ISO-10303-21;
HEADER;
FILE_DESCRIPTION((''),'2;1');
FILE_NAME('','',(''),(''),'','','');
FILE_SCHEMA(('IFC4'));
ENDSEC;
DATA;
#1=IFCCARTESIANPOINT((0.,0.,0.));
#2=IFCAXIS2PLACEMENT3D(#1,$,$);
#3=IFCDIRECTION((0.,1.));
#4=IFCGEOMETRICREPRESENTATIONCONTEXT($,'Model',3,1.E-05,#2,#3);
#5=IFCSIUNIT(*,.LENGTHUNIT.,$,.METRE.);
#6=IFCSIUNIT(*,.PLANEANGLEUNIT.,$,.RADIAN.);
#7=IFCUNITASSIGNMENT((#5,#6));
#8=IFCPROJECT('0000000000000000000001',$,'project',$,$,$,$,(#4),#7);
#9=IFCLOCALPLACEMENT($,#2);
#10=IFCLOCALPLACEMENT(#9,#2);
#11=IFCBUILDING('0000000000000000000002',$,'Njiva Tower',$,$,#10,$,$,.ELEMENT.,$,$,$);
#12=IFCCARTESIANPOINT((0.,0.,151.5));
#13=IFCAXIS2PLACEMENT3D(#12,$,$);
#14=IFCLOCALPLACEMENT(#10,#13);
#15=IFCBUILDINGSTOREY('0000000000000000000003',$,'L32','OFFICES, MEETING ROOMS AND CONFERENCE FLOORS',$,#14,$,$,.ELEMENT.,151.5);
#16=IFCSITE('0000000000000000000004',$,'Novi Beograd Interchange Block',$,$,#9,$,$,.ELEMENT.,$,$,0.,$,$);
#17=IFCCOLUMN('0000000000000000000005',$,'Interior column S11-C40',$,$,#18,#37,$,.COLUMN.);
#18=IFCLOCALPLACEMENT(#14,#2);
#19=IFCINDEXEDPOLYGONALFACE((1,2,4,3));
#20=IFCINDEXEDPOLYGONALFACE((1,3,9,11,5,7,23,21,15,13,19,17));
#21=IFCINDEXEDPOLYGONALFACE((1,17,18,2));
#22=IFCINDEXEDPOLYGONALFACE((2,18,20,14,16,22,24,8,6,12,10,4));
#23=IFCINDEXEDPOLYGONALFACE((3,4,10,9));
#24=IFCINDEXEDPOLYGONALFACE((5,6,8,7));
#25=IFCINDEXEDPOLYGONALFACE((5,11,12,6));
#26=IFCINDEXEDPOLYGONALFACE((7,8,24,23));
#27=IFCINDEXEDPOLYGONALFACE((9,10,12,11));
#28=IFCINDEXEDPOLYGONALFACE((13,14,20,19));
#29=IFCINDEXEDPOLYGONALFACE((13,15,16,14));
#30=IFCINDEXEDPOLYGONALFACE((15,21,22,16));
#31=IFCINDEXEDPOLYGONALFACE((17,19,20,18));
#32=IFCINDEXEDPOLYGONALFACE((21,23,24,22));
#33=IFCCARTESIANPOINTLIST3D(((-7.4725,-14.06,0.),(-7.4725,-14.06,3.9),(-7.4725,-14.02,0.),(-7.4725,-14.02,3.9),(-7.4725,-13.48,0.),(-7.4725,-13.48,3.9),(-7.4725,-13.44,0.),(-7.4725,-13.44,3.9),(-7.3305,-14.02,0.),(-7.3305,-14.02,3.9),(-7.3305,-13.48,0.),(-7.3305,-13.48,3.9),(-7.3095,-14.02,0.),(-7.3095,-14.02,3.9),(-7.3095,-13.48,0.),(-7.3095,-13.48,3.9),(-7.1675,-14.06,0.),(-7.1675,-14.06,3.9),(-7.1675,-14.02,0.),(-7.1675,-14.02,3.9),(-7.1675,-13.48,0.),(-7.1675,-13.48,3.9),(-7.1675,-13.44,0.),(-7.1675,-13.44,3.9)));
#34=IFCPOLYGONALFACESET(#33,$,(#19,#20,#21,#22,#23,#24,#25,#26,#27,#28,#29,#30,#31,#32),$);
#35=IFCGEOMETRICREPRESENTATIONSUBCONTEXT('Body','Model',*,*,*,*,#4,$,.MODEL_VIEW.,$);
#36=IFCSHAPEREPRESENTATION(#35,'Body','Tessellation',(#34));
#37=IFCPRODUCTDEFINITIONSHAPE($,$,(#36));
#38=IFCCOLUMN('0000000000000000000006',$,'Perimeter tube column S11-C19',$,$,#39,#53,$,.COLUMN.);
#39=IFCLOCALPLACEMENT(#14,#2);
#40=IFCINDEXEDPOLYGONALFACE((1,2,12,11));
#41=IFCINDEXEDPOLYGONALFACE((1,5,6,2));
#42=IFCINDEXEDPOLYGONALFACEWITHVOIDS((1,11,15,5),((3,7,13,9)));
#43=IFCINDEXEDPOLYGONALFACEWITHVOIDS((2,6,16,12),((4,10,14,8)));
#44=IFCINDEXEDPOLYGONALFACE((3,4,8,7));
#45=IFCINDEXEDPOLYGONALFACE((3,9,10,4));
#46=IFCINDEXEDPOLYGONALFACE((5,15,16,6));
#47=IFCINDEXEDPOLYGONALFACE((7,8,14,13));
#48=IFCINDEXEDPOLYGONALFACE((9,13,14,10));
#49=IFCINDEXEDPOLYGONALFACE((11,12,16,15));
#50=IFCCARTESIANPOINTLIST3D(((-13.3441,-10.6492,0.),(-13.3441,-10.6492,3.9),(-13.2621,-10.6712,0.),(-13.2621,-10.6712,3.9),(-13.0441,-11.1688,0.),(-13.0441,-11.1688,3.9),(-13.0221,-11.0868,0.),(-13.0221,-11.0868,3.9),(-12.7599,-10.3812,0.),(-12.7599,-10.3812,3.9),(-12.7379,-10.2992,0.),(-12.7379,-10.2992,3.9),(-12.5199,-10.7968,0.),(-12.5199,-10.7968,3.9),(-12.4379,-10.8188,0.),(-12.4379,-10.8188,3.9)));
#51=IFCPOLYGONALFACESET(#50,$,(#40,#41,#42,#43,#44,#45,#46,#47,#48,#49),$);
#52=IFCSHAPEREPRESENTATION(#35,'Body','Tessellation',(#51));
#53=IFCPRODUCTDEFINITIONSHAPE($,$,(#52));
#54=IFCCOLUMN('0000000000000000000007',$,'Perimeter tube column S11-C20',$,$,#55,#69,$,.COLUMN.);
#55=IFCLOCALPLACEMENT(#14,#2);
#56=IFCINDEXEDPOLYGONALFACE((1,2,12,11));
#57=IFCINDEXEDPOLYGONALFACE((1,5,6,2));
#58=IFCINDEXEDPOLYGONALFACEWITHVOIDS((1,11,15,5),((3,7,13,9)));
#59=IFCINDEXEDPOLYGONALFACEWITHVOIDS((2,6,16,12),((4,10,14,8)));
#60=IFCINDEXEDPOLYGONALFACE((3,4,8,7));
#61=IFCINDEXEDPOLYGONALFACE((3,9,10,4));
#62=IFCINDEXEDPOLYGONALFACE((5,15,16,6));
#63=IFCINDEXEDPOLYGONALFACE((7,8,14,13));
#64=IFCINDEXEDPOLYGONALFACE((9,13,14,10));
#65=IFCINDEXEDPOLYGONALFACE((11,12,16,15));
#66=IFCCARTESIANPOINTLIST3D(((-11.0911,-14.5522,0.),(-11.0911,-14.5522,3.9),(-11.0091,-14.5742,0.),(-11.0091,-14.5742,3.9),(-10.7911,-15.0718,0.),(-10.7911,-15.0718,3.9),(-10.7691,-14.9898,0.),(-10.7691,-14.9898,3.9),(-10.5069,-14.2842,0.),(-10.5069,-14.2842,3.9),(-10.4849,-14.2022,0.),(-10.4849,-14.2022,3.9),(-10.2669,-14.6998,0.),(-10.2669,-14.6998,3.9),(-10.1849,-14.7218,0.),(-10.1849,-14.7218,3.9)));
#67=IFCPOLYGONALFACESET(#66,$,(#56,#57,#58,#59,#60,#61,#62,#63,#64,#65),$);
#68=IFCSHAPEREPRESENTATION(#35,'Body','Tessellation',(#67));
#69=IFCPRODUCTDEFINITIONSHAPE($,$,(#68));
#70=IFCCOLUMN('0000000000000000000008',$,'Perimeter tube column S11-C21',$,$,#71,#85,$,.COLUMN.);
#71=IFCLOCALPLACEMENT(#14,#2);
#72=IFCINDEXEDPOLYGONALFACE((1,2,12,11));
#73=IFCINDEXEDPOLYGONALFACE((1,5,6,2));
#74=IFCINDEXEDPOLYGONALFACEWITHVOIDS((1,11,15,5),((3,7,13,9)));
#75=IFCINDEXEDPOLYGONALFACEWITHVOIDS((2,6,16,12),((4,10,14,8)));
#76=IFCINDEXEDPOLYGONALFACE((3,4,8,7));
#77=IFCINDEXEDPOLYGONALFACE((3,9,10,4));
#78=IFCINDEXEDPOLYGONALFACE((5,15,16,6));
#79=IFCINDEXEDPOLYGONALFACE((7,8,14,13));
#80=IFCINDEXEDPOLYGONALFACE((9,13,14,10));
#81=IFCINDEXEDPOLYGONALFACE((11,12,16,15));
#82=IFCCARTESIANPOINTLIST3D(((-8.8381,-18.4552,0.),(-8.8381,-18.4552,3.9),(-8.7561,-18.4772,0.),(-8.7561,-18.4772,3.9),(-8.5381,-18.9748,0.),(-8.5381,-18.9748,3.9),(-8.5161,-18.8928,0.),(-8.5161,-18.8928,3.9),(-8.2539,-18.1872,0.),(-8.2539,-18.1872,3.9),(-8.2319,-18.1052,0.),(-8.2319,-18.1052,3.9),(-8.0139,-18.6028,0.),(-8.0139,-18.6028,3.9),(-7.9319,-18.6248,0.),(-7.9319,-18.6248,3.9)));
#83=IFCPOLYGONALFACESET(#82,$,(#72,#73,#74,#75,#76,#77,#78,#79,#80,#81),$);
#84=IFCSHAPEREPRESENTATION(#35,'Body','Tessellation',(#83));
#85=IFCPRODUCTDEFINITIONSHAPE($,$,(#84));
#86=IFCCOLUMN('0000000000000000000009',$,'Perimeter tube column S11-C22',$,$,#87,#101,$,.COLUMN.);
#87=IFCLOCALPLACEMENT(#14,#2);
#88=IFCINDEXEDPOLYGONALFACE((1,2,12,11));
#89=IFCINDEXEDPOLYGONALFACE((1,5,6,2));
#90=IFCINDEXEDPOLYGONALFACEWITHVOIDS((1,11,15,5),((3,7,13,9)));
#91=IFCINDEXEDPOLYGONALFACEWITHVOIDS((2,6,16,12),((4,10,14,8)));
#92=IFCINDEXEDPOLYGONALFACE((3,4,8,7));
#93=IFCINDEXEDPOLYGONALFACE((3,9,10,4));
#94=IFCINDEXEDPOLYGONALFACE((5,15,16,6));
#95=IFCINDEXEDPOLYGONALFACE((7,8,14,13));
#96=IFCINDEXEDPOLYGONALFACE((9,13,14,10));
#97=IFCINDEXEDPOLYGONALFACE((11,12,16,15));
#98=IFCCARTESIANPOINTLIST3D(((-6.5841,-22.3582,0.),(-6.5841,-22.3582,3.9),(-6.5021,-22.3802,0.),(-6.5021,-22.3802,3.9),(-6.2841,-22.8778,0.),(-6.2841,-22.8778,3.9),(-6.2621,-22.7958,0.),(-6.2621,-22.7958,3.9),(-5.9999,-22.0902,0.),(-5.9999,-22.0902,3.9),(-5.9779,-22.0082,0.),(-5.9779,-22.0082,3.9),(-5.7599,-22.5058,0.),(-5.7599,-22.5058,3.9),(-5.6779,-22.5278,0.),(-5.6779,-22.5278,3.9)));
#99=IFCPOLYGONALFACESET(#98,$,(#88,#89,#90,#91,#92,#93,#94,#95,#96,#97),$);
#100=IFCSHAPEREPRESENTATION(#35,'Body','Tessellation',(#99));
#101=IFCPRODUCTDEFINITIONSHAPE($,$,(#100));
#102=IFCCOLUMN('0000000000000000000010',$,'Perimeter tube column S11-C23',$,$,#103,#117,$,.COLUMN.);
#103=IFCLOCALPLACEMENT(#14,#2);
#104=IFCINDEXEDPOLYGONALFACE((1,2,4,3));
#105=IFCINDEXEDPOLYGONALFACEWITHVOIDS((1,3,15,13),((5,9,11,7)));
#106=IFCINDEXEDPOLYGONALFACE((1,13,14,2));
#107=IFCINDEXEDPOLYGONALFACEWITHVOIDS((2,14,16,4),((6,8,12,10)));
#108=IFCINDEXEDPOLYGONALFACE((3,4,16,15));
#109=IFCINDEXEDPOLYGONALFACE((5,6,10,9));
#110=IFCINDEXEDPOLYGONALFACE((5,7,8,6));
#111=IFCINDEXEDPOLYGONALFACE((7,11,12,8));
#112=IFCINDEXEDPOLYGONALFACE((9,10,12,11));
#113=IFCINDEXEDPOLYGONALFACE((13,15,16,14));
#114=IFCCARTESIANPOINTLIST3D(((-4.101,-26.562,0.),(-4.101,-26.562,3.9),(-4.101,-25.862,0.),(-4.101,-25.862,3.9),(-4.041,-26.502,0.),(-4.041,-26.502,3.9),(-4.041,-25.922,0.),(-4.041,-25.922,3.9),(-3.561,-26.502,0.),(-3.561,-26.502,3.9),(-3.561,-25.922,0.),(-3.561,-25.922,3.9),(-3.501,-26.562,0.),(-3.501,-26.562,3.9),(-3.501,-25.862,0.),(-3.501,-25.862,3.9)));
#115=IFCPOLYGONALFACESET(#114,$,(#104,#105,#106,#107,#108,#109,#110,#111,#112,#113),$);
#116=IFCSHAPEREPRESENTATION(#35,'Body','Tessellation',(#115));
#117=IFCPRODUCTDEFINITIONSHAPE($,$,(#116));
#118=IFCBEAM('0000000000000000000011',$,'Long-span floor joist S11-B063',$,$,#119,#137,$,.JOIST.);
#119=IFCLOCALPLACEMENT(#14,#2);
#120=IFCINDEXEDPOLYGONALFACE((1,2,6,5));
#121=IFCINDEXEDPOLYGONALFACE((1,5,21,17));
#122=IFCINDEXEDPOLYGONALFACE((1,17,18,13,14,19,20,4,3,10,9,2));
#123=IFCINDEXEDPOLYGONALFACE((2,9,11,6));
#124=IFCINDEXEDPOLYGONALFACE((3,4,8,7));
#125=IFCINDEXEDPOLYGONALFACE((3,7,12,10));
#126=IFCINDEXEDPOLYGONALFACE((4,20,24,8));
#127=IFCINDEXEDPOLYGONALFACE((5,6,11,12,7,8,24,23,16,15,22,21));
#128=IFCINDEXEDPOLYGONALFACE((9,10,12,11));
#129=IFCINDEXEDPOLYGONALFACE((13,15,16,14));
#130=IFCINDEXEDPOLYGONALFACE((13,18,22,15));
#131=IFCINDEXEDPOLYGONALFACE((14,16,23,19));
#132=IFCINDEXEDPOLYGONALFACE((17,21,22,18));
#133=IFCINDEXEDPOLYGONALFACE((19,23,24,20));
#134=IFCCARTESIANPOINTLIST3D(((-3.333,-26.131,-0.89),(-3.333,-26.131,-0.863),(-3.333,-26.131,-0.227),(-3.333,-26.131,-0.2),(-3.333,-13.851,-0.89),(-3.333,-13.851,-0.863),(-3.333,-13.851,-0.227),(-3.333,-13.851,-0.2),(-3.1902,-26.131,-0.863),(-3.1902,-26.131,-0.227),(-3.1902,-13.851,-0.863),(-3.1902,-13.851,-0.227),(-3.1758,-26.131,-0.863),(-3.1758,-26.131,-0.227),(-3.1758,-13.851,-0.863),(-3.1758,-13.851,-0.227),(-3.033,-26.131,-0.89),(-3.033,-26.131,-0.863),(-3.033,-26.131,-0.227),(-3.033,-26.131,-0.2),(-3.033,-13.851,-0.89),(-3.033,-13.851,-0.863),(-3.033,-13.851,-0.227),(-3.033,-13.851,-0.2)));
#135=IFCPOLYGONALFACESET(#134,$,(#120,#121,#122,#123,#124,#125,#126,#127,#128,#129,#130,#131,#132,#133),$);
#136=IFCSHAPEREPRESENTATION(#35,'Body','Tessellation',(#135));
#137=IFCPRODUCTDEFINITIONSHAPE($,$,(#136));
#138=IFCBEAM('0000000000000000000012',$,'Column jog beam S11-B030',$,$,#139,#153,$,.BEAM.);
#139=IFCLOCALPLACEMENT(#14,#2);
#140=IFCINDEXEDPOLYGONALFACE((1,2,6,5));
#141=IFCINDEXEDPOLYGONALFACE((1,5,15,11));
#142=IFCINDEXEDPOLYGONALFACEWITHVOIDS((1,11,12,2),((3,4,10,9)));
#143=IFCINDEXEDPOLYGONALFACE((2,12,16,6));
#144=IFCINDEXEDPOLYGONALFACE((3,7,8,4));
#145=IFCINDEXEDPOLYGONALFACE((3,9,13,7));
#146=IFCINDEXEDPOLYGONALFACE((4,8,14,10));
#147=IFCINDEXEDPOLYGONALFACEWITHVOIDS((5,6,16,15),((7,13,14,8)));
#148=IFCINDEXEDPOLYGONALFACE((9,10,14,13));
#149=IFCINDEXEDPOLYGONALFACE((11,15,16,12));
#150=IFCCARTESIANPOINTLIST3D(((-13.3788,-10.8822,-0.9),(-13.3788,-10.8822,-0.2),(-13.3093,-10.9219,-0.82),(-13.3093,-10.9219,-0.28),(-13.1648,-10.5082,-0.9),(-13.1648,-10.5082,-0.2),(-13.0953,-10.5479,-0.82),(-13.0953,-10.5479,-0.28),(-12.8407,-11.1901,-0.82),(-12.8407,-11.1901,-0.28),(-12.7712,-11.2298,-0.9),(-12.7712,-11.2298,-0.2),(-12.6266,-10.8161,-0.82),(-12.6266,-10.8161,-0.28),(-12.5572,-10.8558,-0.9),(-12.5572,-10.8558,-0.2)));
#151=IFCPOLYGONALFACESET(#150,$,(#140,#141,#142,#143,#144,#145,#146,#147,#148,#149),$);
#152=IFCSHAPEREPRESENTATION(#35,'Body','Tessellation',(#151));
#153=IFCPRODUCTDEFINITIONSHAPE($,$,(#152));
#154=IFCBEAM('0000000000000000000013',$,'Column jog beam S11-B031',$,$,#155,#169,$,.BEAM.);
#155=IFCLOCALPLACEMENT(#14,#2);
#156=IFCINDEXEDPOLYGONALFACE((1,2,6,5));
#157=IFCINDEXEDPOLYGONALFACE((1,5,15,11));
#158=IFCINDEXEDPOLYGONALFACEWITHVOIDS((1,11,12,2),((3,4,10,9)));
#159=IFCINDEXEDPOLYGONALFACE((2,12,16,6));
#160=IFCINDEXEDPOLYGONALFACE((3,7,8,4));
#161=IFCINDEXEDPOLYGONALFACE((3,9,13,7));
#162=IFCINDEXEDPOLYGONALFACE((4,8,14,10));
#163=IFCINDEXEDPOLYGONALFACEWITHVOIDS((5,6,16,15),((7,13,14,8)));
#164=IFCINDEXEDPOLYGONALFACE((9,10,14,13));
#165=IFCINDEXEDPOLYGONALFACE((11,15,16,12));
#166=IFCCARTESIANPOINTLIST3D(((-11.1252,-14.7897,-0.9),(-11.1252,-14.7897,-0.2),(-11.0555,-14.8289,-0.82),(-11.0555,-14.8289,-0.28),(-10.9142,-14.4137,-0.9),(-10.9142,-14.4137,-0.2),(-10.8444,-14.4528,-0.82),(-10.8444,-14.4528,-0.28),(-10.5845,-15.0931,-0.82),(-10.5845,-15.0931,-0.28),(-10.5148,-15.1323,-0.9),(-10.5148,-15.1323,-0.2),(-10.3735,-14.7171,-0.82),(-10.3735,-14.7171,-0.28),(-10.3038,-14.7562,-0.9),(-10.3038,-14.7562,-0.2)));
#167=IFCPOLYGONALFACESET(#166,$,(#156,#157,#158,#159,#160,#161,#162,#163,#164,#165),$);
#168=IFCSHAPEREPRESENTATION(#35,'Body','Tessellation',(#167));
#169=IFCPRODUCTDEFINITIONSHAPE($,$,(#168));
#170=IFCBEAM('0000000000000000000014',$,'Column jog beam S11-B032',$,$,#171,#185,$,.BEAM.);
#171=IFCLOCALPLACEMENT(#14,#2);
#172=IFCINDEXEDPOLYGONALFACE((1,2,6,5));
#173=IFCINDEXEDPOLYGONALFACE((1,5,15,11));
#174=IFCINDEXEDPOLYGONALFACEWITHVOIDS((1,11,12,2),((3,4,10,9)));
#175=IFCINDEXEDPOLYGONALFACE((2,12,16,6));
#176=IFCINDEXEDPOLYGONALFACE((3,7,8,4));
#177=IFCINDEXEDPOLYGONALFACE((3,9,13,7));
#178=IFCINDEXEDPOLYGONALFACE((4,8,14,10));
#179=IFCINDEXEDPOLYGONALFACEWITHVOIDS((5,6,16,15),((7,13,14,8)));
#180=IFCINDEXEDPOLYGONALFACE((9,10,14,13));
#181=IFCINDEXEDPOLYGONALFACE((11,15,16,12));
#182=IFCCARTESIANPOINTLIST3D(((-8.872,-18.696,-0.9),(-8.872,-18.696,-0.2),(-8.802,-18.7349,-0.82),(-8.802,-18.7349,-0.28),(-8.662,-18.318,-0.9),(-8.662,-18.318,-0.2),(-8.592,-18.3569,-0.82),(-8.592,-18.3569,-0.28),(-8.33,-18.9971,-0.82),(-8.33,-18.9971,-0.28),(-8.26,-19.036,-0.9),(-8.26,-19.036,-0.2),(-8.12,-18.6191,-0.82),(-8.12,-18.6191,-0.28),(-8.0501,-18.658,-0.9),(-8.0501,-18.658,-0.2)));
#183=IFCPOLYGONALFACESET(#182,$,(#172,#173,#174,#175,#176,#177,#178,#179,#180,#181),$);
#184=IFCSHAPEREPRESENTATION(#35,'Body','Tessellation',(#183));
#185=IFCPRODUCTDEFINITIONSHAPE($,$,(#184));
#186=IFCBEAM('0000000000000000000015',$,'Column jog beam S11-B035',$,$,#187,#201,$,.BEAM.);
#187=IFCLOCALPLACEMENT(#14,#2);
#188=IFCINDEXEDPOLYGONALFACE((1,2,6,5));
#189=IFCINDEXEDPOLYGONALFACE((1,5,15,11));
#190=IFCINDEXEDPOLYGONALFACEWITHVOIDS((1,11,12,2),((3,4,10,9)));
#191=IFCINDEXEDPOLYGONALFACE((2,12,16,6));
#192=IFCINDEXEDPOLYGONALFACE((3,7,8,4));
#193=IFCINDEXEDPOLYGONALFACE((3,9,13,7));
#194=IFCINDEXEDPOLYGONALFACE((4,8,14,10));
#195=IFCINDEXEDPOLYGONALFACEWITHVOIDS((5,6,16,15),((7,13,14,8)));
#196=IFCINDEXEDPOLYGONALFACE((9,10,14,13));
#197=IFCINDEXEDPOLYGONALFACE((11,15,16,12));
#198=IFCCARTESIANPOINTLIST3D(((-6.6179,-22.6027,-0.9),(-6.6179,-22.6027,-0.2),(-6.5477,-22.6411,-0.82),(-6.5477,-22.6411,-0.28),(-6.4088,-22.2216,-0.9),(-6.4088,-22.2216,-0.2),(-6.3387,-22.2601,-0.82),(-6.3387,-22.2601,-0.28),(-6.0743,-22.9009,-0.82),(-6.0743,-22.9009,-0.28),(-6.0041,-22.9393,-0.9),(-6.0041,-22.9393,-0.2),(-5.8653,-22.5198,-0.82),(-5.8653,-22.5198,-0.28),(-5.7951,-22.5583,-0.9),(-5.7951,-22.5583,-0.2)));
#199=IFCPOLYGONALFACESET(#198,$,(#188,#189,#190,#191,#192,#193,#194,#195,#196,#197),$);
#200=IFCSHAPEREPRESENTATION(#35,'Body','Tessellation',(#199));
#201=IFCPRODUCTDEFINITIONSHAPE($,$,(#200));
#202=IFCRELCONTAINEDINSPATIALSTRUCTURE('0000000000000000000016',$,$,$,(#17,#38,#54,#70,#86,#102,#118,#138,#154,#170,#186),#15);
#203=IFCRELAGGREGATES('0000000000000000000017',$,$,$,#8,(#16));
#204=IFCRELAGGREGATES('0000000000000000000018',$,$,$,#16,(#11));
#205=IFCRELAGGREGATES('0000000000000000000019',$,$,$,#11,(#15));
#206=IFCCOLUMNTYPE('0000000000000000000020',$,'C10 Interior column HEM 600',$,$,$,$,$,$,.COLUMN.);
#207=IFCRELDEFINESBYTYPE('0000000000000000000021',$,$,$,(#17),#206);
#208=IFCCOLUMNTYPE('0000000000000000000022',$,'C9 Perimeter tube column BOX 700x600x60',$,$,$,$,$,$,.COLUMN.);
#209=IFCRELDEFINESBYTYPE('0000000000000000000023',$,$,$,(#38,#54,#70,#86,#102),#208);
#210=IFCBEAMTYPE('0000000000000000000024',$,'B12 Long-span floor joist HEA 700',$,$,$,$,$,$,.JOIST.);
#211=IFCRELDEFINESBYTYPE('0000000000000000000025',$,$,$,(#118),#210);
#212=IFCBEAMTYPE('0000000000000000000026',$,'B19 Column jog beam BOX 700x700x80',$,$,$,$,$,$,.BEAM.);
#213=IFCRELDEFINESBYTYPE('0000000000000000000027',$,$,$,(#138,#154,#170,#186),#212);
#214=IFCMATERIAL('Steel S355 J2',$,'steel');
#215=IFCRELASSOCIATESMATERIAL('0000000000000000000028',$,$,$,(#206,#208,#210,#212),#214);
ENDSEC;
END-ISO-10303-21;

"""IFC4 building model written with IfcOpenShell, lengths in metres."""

from ifc_helpers import new_model, si_unit, direction, frame, origin, origin_2d, place, context, subcontext, project, spatial, hollow_rectangle, i_section, extrude, material, material_profile, profile_set, type_object, element, save


model = new_model("IFC4")

# Units and contexts
model_context = context("Model", 3, precision=1e-05, world=origin(), true_north=direction((0.0, 1.0)))
body_context = subcontext(model_context, "Body", "Model", "MODEL_VIEW")
ifc_project = project(units=[si_unit("LENGTHUNIT", "METRE"), si_unit("PLANEANGLEUNIT", "RADIAN")], contexts=[model_context])

# Site, building, storey
site_placement = place(None, origin())
site = spatial("IfcSite", under=ifc_project, at=site_placement, Name="Novi Beograd Interchange Block", CompositionType="ELEMENT", RefElevation=0.0)
building_placement = place(site_placement, origin())
building = spatial("IfcBuilding", under=site, at=building_placement, Name="Njiva Tower", CompositionType="ELEMENT")
storey_placement = place(building_placement, frame((0.0, 0.0, 151.5)))
storey = spatial("IfcBuildingStorey", under=building, at=storey_placement, Name="L32", Description="OFFICES, MEETING ROOMS AND CONFERENCE FLOORS", CompositionType="ELEMENT", Elevation=151.5)

# Columns
ifc_material_1 = material(Name="Steel S355 J2", Category="steel")
ifc_material_profile_1 = material_profile(ifc_material_1, i_section(OverallWidth=0.305, OverallDepth=0.62, WebThickness=0.021, FlangeThickness=0.04, at=origin_2d()), Name="HEM 600")
ifc_profile_set_1 = profile_set([ifc_material_profile_1], Name="Steel S355 J2")
column_type_1 = type_object("IfcColumnType", Name="C10 Interior column HEM 600", PredefinedType="COLUMN", material=ifc_profile_set_1)
column_placement = place(storey_placement, frame((-7.32, -13.75, 0.0), z_axis=(0.0, 0.0, 1.0), x_axis=(1.0, 0.0, 0.0)))
element("IfcColumn", 1, at=column_placement, inside=storey, type_object=column_type_1, Name="Interior column S11-C40", PredefinedType="COLUMN", context=body_context, shape_type="SweptSolid", body=[
    extrude(i_section(OverallWidth=0.305, OverallDepth=0.62, WebThickness=0.021, FlangeThickness=0.04, at=origin_2d()), origin(), (0.0, 0.0, 1.0), 3.9),
])
ifc_material_profile_2 = material_profile(ifc_material_1, hollow_rectangle(XDim=0.6, YDim=0.7, WallThickness=0.06, at=origin_2d()), Name="BOX 700x600x60")
ifc_profile_set_2 = profile_set([ifc_material_profile_2], Name="Steel S355 J2")
column_type_2 = type_object("IfcColumnType", Name="C9 Perimeter tube column BOX 700x600x60", PredefinedType="COLUMN", material=ifc_profile_set_2)
for number, where, z_axis, x_axis, name in (
    (2, (-12.891, -10.734, 0.0), (0.0, 0.0, 1.0), (0.5, -0.866025, 0.0), "Perimeter tube column S11-C19"),
    (3, (-10.638, -14.637, 0.0), (0.0, 0.0, 1.0), (0.5, -0.866025, 0.0), "Perimeter tube column S11-C20"),
    (4, (-8.385, -18.54, 0.0), (0.0, 0.0, 1.0), (0.5, -0.866025, 0.0), "Perimeter tube column S11-C21"),
    (5, (-6.131, -22.443, 0.0), (0.0, 0.0, 1.0), (0.5, -0.866025, 0.0), "Perimeter tube column S11-C22"),
    (6, (-3.801, -26.212, 0.0), (0.0, 0.0, 1.0), (1.0, 0.0, 0.0), "Perimeter tube column S11-C23"),
):
    element("IfcColumn", number, at=place(storey_placement, frame(where, z_axis=z_axis, x_axis=x_axis)), inside=storey, type_object=column_type_2, Name=name, PredefinedType="COLUMN", context=body_context, shape_type="SweptSolid", body=[
        extrude(hollow_rectangle(XDim=0.6, YDim=0.7, WallThickness=0.06, at=origin_2d()), origin(), (0.0, 0.0, 1.0), 3.9),
    ])

# Beams
ifc_material_profile_3 = material_profile(ifc_material_1, i_section(OverallWidth=0.3, OverallDepth=0.69, WebThickness=0.0145, FlangeThickness=0.027, at=origin_2d()), Name="HEA 700")
ifc_profile_set_3 = profile_set([ifc_material_profile_3], Name="Steel S355 J2")
beam_type_1 = type_object("IfcBeamType", Name="B12 Long-span floor joist HEA 700", PredefinedType="JOIST", material=ifc_profile_set_3)
beam_1_placement = place(storey_placement, frame((-3.183, -13.851, -0.545), z_axis=(0.0, -1.0, 0.0), x_axis=(1.0, 0.0, 0.0)))
element("IfcBeam", 7, at=beam_1_placement, inside=storey, type_object=beam_type_1, Name="Long-span floor joist S11-B063", PredefinedType="JOIST", context=body_context, shape_type="SweptSolid", body=[
    extrude(i_section(OverallWidth=0.3, OverallDepth=0.69, WebThickness=0.0145, FlangeThickness=0.027, at=origin_2d()), origin(), (0.0, 0.0, 1.0), 12.28),
])
ifc_material_profile_4 = material_profile(ifc_material_1, hollow_rectangle(XDim=0.7, YDim=0.7, WallThickness=0.08, at=origin_2d()), Name="BOX 700x700x80")
ifc_profile_set_4 = profile_set([ifc_material_profile_4], Name="Steel S355 J2")
beam_type_2 = type_object("IfcBeamType", Name="B19 Column jog beam BOX 700x700x80", PredefinedType="BEAM", material=ifc_profile_set_4)
beam_2_placement = place(storey_placement, frame((-13.075, -11.056, -0.55), z_axis=(0.496639, 0.867957, 0.0), x_axis=(-0.867957, 0.496639, 0.0)))
element("IfcBeam", 8, at=beam_2_placement, inside=storey, type_object=beam_type_2, Name="Column jog beam S11-B030", PredefinedType="BEAM", context=body_context, shape_type="SweptSolid", body=[
    extrude(hollow_rectangle(XDim=0.7, YDim=0.7, WallThickness=0.08, at=origin_2d()), origin(), (0.0, 0.0, 1.0), 0.4309),
])
beam_3_placement = place(storey_placement, frame((-10.82, -14.961, -0.55), z_axis=(0.48938, 0.872071, 0.0), x_axis=(-0.872071, 0.48938, 0.0)))
element("IfcBeam", 9, at=beam_3_placement, inside=storey, type_object=beam_type_2, Name="Column jog beam S11-B031", PredefinedType="BEAM", context=body_context, shape_type="SweptSolid", body=[
    extrude(hollow_rectangle(XDim=0.7, YDim=0.7, WallThickness=0.08, at=origin_2d()), origin(), (0.0, 0.0, 1.0), 0.4312),
])
beam_4_placement = place(storey_placement, frame((-8.566, -18.866, -0.55), z_axis=(0.485643, 0.874157, 0.0), x_axis=(-0.874157, 0.485643, 0.0)))
element("IfcBeam", 10, at=beam_4_placement, inside=storey, type_object=beam_type_2, Name="Column jog beam S11-B032", PredefinedType="BEAM", context=body_context, shape_type="SweptSolid", body=[
    extrude(hollow_rectangle(XDim=0.7, YDim=0.7, WallThickness=0.08, at=origin_2d()), origin(), (0.0, 0.0, 1.0), 0.4324),
])
beam_5_placement = place(storey_placement, frame((-6.311, -22.771, -0.55), z_axis=(0.480947, 0.87675, 0.0), x_axis=(-0.87675, 0.480947, 0.0)))
element("IfcBeam", 11, at=beam_5_placement, inside=storey, type_object=beam_type_2, Name="Column jog beam S11-B035", PredefinedType="BEAM", context=body_context, shape_type="SweptSolid", body=[
    extrude(hollow_rectangle(XDim=0.7, YDim=0.7, WallThickness=0.08, at=origin_2d()), origin(), (0.0, 0.0, 1.0), 0.4346),
])

save(model, "model.ifc")
